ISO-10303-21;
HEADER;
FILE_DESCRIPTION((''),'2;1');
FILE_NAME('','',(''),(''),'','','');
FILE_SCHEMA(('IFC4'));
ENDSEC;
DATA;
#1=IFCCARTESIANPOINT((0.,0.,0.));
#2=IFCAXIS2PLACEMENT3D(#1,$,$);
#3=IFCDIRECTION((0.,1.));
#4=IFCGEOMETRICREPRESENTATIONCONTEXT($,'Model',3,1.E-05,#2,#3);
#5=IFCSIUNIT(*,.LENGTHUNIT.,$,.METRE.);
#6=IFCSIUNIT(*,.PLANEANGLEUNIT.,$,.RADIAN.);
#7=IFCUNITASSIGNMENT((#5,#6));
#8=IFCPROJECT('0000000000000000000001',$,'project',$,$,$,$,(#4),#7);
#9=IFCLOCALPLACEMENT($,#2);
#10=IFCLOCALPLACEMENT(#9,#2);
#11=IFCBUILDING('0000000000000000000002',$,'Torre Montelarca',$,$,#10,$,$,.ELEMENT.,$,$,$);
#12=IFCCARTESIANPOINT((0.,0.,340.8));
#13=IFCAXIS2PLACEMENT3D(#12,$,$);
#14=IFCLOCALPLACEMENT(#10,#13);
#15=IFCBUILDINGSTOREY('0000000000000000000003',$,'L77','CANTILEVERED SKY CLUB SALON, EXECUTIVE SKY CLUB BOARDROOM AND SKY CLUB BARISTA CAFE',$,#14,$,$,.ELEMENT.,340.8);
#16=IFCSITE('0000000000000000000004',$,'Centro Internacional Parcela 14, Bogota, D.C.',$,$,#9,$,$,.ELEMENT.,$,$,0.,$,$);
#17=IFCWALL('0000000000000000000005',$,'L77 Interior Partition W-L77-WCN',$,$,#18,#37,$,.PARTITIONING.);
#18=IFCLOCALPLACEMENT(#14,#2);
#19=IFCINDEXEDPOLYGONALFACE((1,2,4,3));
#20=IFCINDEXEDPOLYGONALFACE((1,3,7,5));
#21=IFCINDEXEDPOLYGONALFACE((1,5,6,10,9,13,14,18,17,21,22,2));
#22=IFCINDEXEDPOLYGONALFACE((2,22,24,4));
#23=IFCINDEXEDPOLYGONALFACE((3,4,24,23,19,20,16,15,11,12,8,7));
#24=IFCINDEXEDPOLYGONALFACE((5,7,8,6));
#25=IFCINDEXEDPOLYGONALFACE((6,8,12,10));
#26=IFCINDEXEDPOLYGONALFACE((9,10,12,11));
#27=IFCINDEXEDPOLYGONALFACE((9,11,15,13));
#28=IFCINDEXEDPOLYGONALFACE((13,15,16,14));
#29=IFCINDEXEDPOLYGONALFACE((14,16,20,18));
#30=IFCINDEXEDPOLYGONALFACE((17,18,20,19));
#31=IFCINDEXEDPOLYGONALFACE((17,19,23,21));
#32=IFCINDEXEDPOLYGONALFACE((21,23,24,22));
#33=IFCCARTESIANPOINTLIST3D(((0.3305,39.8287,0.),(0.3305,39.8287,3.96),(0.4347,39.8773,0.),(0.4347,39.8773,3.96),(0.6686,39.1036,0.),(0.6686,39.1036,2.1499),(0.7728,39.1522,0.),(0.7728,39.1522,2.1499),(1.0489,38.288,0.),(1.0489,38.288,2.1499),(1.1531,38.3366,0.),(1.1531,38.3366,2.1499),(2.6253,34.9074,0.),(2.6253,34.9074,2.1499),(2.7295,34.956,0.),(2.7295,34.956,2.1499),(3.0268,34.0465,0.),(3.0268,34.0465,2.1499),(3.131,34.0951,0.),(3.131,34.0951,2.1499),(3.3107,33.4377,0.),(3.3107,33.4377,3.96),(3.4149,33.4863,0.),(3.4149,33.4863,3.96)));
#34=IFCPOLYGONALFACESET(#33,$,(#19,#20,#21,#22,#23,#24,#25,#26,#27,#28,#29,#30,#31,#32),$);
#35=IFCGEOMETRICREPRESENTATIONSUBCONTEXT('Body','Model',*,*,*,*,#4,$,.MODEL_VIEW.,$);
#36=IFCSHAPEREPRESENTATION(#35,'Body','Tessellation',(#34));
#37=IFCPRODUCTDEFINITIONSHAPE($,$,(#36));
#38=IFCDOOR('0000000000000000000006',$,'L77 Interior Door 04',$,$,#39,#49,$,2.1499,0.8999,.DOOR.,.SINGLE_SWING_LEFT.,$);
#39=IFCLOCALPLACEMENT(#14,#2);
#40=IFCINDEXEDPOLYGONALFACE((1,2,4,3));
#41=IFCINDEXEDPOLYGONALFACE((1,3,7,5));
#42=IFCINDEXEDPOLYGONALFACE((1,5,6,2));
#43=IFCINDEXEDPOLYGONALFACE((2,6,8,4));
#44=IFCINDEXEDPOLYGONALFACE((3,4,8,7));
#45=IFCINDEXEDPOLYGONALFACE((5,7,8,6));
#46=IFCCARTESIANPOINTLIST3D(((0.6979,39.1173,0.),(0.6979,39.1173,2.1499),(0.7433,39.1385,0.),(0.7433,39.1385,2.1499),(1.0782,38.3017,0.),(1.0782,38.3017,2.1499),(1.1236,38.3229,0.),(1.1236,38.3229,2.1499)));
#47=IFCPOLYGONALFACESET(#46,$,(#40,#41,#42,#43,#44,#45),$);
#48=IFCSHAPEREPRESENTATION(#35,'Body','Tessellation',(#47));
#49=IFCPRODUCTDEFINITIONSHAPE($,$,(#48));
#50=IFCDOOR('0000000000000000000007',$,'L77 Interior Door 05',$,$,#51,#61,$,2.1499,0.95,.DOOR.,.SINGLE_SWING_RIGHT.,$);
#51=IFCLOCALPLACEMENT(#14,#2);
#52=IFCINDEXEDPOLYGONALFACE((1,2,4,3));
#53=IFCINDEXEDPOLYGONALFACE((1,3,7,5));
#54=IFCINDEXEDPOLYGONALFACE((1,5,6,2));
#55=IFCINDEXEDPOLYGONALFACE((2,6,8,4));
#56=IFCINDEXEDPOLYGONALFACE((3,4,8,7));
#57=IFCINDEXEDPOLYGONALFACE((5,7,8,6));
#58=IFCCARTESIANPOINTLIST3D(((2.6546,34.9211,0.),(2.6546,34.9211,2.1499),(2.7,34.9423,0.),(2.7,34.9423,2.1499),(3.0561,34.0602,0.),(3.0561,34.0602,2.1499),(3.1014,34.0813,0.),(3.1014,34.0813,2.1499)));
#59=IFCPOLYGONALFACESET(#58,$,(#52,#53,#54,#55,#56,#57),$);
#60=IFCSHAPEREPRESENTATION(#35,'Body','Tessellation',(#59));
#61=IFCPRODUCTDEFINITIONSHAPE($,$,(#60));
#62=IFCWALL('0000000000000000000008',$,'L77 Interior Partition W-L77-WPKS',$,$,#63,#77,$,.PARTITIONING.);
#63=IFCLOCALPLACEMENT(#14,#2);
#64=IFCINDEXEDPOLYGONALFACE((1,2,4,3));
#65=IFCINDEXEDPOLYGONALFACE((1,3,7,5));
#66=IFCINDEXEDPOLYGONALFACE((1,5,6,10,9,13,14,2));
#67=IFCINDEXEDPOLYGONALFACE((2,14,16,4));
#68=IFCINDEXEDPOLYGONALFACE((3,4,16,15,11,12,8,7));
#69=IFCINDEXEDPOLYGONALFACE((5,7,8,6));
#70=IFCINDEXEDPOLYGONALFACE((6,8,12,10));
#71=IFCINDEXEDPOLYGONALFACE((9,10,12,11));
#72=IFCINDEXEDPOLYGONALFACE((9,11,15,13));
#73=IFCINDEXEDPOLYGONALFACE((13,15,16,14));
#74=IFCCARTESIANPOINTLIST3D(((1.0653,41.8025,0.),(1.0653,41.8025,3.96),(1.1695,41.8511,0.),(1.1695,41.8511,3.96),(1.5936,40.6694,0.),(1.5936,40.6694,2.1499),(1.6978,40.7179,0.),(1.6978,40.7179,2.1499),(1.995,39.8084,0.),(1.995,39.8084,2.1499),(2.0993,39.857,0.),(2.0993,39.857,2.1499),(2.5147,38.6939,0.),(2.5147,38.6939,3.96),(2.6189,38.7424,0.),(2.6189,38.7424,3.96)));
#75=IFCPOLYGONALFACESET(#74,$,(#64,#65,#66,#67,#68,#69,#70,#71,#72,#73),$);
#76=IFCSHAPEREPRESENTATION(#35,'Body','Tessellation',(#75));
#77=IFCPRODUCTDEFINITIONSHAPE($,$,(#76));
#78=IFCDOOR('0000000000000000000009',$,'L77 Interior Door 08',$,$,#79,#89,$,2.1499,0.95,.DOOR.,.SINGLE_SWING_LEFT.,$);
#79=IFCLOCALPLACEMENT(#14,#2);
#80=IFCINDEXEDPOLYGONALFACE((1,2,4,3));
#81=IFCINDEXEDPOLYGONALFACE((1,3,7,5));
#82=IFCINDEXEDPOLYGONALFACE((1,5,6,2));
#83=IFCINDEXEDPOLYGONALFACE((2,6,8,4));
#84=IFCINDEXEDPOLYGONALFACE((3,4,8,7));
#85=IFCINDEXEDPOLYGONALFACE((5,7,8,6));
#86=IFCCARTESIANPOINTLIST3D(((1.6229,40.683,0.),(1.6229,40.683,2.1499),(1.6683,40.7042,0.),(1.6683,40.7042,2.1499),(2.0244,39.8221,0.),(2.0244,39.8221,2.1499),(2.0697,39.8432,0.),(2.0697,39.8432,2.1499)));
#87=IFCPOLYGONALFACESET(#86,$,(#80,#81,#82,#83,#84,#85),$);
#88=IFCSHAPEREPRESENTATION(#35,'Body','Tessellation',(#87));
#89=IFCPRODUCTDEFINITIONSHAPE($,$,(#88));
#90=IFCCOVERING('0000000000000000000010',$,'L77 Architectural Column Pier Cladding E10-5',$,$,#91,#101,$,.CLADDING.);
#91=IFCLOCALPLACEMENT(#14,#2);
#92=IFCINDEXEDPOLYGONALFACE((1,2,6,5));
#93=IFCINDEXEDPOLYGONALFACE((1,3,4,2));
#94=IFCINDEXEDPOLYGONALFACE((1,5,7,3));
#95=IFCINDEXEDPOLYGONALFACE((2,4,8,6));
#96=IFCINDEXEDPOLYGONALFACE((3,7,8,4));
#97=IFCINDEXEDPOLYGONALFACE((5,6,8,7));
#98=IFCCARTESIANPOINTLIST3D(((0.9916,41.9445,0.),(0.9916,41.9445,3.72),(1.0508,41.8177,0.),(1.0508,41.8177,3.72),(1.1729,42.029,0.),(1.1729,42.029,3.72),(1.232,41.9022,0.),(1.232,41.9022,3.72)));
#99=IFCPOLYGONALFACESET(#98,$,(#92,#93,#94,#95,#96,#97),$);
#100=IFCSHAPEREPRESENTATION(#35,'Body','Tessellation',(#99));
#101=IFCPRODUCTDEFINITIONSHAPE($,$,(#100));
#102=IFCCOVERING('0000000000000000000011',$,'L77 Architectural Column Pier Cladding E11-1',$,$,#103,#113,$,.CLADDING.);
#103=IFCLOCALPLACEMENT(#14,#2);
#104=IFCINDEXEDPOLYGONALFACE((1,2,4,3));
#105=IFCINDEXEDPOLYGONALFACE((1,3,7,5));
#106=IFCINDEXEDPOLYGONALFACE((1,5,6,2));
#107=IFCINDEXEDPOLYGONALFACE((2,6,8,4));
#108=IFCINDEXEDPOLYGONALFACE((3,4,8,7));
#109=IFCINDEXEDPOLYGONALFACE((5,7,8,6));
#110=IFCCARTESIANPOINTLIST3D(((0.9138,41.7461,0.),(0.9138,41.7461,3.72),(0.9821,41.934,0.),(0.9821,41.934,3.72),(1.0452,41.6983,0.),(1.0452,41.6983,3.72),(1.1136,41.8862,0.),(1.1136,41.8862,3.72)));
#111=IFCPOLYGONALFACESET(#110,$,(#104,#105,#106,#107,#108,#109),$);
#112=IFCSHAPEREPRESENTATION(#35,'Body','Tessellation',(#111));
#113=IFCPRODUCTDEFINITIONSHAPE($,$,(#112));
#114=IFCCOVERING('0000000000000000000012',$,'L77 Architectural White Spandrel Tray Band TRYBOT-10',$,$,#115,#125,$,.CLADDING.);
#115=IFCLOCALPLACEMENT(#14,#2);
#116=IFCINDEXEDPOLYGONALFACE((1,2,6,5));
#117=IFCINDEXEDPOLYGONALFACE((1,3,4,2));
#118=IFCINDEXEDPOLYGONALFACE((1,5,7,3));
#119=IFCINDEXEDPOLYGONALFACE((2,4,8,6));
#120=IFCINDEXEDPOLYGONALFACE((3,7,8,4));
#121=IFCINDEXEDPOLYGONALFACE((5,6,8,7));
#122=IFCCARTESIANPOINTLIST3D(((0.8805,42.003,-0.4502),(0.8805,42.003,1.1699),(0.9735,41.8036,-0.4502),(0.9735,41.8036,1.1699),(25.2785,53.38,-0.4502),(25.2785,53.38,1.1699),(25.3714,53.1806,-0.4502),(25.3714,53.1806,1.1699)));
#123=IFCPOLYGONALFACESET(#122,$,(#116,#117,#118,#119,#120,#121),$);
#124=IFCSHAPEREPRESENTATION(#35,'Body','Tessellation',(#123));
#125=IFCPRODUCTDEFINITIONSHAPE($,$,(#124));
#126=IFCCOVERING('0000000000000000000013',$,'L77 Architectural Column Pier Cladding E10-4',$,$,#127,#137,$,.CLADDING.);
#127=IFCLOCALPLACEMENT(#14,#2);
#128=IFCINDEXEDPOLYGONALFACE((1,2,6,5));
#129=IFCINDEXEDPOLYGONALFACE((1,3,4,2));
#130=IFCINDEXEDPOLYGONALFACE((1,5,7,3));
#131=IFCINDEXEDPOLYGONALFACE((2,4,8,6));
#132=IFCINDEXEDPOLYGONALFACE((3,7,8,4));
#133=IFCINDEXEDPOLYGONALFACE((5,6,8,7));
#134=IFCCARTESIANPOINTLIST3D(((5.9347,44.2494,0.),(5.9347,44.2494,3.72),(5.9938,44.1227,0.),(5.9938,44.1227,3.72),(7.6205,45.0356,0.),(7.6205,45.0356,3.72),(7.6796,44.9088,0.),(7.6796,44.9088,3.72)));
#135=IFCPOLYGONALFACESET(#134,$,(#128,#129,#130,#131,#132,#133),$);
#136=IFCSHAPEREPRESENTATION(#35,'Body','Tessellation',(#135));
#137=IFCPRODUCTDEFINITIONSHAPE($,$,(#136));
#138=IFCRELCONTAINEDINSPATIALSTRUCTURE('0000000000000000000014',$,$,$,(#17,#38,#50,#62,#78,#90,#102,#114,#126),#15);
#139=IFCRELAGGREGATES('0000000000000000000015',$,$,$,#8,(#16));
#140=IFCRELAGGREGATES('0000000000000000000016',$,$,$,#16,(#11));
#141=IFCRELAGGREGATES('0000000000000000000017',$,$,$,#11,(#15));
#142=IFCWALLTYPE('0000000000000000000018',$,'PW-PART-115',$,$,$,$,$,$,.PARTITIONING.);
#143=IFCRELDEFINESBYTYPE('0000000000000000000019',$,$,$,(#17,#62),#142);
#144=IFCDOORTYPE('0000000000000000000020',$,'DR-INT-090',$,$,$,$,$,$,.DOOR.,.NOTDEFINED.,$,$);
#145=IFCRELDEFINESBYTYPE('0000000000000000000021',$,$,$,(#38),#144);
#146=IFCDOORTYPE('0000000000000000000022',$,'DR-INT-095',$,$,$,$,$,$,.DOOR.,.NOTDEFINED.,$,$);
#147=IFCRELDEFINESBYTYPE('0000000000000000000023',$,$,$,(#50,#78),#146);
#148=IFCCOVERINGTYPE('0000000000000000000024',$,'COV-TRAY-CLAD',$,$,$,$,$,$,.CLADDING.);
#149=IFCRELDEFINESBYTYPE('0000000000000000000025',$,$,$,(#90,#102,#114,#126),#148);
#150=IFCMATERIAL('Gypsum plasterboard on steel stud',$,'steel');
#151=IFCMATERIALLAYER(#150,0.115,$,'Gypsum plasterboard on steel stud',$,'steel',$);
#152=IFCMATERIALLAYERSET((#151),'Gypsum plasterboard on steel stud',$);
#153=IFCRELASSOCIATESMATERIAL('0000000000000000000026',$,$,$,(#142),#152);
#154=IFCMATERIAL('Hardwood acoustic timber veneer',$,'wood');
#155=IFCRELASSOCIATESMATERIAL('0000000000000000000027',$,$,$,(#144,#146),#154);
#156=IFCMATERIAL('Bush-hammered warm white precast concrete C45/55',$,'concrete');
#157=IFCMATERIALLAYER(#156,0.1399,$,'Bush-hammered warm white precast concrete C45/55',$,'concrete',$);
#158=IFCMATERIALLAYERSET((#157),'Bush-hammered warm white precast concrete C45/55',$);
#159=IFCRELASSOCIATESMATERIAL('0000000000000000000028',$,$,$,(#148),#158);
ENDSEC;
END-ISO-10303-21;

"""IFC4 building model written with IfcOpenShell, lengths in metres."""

from ifc_helpers import new_model, si_unit, direction, frame, frame_2d, origin, origin_2d, place, context, subcontext, project, spatial, rectangle, extrude, source, transform, mapped, material, layer, layer_set, type_object, element, fill, save


model = new_model("IFC4")

# Units and contexts
model_context = context("Model", 3, precision=1e-05, world=origin(), true_north=direction((0.0, 1.0)))
body_context = subcontext(model_context, "Body", "Model", "MODEL_VIEW")
ifc_project = project(units=[si_unit("LENGTHUNIT", "METRE"), si_unit("PLANEANGLEUNIT", "RADIAN")], contexts=[model_context])

# Site, building, storey
site_placement = place(None, origin())
site = spatial("IfcSite", under=ifc_project, at=site_placement, Name="Centro Internacional Parcela 14, Bogota, D.C.", CompositionType="ELEMENT", RefElevation=0.0)
building_placement = place(site_placement, origin())
building = spatial("IfcBuilding", under=site, at=building_placement, Name="Torre Montelarca", CompositionType="ELEMENT")
storey_placement = place(building_placement, frame((0.0, 0.0, 340.8)))
storey = spatial("IfcBuildingStorey", under=building, at=storey_placement, Name="L77", Description="CANTILEVERED SKY CLUB SALON, EXECUTIVE SKY CLUB BOARDROOM AND SKY CLUB BARISTA CAFE", CompositionType="ELEMENT", Elevation=340.8)

# Wall, openings, doors
ifc_material_1 = material(Name="Gypsum plasterboard on steel stud", Category="steel")
ifc_layer_1 = layer(ifc_material_1, 0.115, Name="Gypsum plasterboard on steel stud", Category="steel")
ifc_layer_set_1 = layer_set([ifc_layer_1], Name="Gypsum plasterboard on steel stud")
wall_type_1 = type_object("IfcWallType", Name="PW-PART-115", PredefinedType="PARTITIONING", material=ifc_layer_set_1)
wall_1_placement = place(storey_placement, frame((0.3826, 39.853, 0.0), z_axis=(0.0, 0.0, 1.0), x_axis=(0.422618, -0.906308, 0.0)))
wall_1 = element("IfcWall", 1, at=wall_1_placement, inside=storey, type_object=wall_type_1, Name="L77 Interior Partition W-L77-WCN", PredefinedType="PARTITIONING", context=body_context, shape_type="SweptSolid", body=[
    extrude(rectangle(XDim=7.0518, YDim=0.115, at=frame_2d((3.5259, 0.0))), origin(), (0.0, 0.0, 1.0), 3.96),
])
opening_1_placement = place(wall_1_placement, frame((0.8, 0.0, 0.0)))
opening_1 = element("IfcOpeningElement", 2, at=opening_1_placement, cuts=wall_1, PredefinedType="OPENING", context=body_context, shape_type="SweptSolid", body=[
    extrude(rectangle(XDim=0.8999, YDim=2.1499, at=frame_2d((0.45, 1.075))), frame((0.0, 0.0674, 0.0), z_axis=(0.0, -1.0, 0.0), x_axis=(1.0, 0.0, 0.0)), (0.0, 0.0, 1.0), 0.135),
])
opening_2_placement = place(wall_1_placement, frame((5.4299, 0.0, 0.0)))
opening_2 = element("IfcOpeningElement", 3, at=opening_2_placement, cuts=wall_1, PredefinedType="OPENING", context=body_context, shape_type="SweptSolid", body=[
    extrude(rectangle(XDim=0.95, YDim=2.1499, at=frame_2d((0.4751, 1.075))), frame((0.0, 0.0674, 0.0), z_axis=(0.0, -1.0, 0.0), x_axis=(1.0, 0.0, 0.0)), (0.0, 0.0, 1.0), 0.135),
])
ifc_material_2 = material(Name="Hardwood acoustic timber veneer", Category="wood")
door_type_1 = type_object("IfcDoorType", Name="DR-INT-090", OperationType="NOTDEFINED", PredefinedType="DOOR", material=ifc_material_2)
shared_shape_1 = source(origin(), body_context, "Body", "SweptSolid", [
    extrude(rectangle(XDim=0.8999, YDim=2.1499, at=frame_2d((0.45, 1.075))), frame((0.0, 0.0249, 0.0), z_axis=(0.0, -1.0, 0.0), x_axis=(1.0, 0.0, 0.0)), (0.0, 0.0, 1.0), 0.05),
])
door_1_placement = place(opening_1_placement, origin())
door_1 = element("IfcDoor", 4, at=door_1_placement, inside=storey, type_object=door_type_1, Name="L77 Interior Door 04", OperationType="SINGLE_SWING_LEFT", OverallHeight=2.1499, OverallWidth=0.8999, PredefinedType="DOOR", context=body_context, shape_type="MappedRepresentation", body=[
    mapped(shared_shape_1, transform((0.0, 0.0, 0.0), scale=1.0)),
])
fill(opening_1, door_1)
door_type_2 = type_object("IfcDoorType", Name="DR-INT-095", OperationType="NOTDEFINED", PredefinedType="DOOR", material=ifc_material_2)
shared_shape_2 = source(origin(), body_context, "Body", "SweptSolid", [
    extrude(rectangle(XDim=0.95, YDim=2.1499, at=frame_2d((0.4751, 1.075))), frame((0.0, 0.0249, 0.0), z_axis=(0.0, -1.0, 0.0), x_axis=(1.0, 0.0, 0.0)), (0.0, 0.0, 1.0), 0.05),
])
door_2_placement = place(opening_2_placement, origin())
door_2 = element("IfcDoor", 5, at=door_2_placement, inside=storey, type_object=door_type_2, Name="L77 Interior Door 05", OperationType="SINGLE_SWING_RIGHT", OverallHeight=2.1499, OverallWidth=0.95, PredefinedType="DOOR", context=body_context, shape_type="MappedRepresentation", body=[
    mapped(shared_shape_2, transform((0.0, 0.0, 0.0), scale=1.0)),
])
fill(opening_2, door_2)

# Wall, opening, door
wall_2_placement = place(storey_placement, frame((1.1174, 41.8267, 0.0), z_axis=(0.0, 0.0, 1.0), x_axis=(0.422589, -0.906321, 0.0)))
wall_2 = element("IfcWall", 6, at=wall_2_placement, inside=storey, type_object=wall_type_1, Name="L77 Interior Partition W-L77-WPKS", PredefinedType="PARTITIONING", context=body_context, shape_type="SweptSolid", body=[
    extrude(rectangle(XDim=3.4299, YDim=0.115, at=frame_2d((1.7148, 0.0))), origin(), (0.0, 0.0, 1.0), 3.96),
])
opening_3_placement = place(wall_2_placement, frame((1.25, 0.0, 0.0)))
opening_3 = element("IfcOpeningElement", 7, at=opening_3_placement, cuts=wall_2, PredefinedType="OPENING", context=body_context, shape_type="SweptSolid", body=[
    extrude(rectangle(XDim=0.95, YDim=2.1499, at=frame_2d((0.4751, 1.075))), frame((0.0, 0.0674, 0.0), z_axis=(0.0, -1.0, 0.0), x_axis=(1.0, 0.0, 0.0)), (0.0, 0.0, 1.0), 0.135),
])
door_3_placement = place(opening_3_placement, origin())
door_3 = element("IfcDoor", 8, at=door_3_placement, inside=storey, type_object=door_type_2, Name="L77 Interior Door 08", OperationType="SINGLE_SWING_LEFT", OverallHeight=2.1499, OverallWidth=0.95, PredefinedType="DOOR", context=body_context, shape_type="MappedRepresentation", body=[
    mapped(shared_shape_2, transform((0.0, 0.0, 0.0), scale=1.0)),
])
fill(opening_3, door_3)

# Coverings
ifc_material_3 = material(Name="Bush-hammered warm white precast concrete C45/55", Category="concrete")
ifc_layer_2 = layer(ifc_material_3, 0.1399, Name="Bush-hammered warm white precast concrete C45/55", Category="concrete")
ifc_layer_set_2 = layer_set([ifc_layer_2], Name="Bush-hammered warm white precast concrete C45/55")
covering_type = type_object("IfcCoveringType", Name="COV-TRAY-CLAD", PredefinedType="CLADDING", material=ifc_layer_set_2)
shared_shape_3 = source(origin(), body_context, "Body", "SweptSolid", [
    extrude(rectangle(XDim=0.2, YDim=0.1399, at=origin_2d()), origin(), (0.0, 0.0, 1.0), 3.72),
])
for number, where, z_axis, x_axis, name in (
    (9, (1.1118, 41.9233, 0.0), (0.0, 0.0, 1.0), (-0.906308, -0.422618, 0.0), "L77 Architectural Column Pier Cladding E10-5"),
    (10, (1.0137, 41.8162, 0.0), (0.0, 0.0, 1.0), (-0.34201, -0.939696, 0.0), "L77 Architectural Column Pier Cladding E11-1"),
):
    element("IfcCovering", number, at=place(storey_placement, frame(where, z_axis=z_axis, x_axis=x_axis)), inside=storey, type_object=covering_type, Name=name, PredefinedType="CLADDING", context=body_context, shape_type="MappedRepresentation", body=[
        mapped(shared_shape_3, transform((0.0, 0.0, 0.0), scale=1.0)),
    ])
shared_shape_4 = source(origin(), body_context, "Body", "SweptSolid", [
    extrude(rectangle(XDim=26.9202, YDim=0.22, at=origin_2d()), origin(), (0.0, 0.0, 1.0), 1.6201),
])
covering_1_placement = place(storey_placement, frame((13.126, 47.5918, -0.4502), z_axis=(0.0, 0.0, 1.0), x_axis=(-0.906308, -0.422618, 0.0)))
element("IfcCovering", 11, at=covering_1_placement, inside=storey, type_object=covering_type, Name="L77 Architectural White Spandrel Tray Band TRYBOT-10", PredefinedType="CLADDING", context=body_context, shape_type="MappedRepresentation", body=[
    mapped(shared_shape_4, transform((0.0, 0.0, 0.0), scale=1.0)),
])
shared_shape_5 = source(origin(), body_context, "Body", "SweptSolid", [
    extrude(rectangle(XDim=1.8601, YDim=0.1399, at=origin_2d()), origin(), (0.0, 0.0, 1.0), 3.72),
])
covering_2_placement = place(storey_placement, frame((6.8071, 44.5791, 0.0), z_axis=(0.0, 0.0, 1.0), x_axis=(-0.906308, -0.422618, 0.0)))
element("IfcCovering", 12, at=covering_2_placement, inside=storey, type_object=covering_type, Name="L77 Architectural Column Pier Cladding E10-4", PredefinedType="CLADDING", context=body_context, shape_type="MappedRepresentation", body=[
    mapped(shared_shape_5, transform((0.0, 0.0, 0.0), scale=1.0)),
])

save(model, "model.ifc")
